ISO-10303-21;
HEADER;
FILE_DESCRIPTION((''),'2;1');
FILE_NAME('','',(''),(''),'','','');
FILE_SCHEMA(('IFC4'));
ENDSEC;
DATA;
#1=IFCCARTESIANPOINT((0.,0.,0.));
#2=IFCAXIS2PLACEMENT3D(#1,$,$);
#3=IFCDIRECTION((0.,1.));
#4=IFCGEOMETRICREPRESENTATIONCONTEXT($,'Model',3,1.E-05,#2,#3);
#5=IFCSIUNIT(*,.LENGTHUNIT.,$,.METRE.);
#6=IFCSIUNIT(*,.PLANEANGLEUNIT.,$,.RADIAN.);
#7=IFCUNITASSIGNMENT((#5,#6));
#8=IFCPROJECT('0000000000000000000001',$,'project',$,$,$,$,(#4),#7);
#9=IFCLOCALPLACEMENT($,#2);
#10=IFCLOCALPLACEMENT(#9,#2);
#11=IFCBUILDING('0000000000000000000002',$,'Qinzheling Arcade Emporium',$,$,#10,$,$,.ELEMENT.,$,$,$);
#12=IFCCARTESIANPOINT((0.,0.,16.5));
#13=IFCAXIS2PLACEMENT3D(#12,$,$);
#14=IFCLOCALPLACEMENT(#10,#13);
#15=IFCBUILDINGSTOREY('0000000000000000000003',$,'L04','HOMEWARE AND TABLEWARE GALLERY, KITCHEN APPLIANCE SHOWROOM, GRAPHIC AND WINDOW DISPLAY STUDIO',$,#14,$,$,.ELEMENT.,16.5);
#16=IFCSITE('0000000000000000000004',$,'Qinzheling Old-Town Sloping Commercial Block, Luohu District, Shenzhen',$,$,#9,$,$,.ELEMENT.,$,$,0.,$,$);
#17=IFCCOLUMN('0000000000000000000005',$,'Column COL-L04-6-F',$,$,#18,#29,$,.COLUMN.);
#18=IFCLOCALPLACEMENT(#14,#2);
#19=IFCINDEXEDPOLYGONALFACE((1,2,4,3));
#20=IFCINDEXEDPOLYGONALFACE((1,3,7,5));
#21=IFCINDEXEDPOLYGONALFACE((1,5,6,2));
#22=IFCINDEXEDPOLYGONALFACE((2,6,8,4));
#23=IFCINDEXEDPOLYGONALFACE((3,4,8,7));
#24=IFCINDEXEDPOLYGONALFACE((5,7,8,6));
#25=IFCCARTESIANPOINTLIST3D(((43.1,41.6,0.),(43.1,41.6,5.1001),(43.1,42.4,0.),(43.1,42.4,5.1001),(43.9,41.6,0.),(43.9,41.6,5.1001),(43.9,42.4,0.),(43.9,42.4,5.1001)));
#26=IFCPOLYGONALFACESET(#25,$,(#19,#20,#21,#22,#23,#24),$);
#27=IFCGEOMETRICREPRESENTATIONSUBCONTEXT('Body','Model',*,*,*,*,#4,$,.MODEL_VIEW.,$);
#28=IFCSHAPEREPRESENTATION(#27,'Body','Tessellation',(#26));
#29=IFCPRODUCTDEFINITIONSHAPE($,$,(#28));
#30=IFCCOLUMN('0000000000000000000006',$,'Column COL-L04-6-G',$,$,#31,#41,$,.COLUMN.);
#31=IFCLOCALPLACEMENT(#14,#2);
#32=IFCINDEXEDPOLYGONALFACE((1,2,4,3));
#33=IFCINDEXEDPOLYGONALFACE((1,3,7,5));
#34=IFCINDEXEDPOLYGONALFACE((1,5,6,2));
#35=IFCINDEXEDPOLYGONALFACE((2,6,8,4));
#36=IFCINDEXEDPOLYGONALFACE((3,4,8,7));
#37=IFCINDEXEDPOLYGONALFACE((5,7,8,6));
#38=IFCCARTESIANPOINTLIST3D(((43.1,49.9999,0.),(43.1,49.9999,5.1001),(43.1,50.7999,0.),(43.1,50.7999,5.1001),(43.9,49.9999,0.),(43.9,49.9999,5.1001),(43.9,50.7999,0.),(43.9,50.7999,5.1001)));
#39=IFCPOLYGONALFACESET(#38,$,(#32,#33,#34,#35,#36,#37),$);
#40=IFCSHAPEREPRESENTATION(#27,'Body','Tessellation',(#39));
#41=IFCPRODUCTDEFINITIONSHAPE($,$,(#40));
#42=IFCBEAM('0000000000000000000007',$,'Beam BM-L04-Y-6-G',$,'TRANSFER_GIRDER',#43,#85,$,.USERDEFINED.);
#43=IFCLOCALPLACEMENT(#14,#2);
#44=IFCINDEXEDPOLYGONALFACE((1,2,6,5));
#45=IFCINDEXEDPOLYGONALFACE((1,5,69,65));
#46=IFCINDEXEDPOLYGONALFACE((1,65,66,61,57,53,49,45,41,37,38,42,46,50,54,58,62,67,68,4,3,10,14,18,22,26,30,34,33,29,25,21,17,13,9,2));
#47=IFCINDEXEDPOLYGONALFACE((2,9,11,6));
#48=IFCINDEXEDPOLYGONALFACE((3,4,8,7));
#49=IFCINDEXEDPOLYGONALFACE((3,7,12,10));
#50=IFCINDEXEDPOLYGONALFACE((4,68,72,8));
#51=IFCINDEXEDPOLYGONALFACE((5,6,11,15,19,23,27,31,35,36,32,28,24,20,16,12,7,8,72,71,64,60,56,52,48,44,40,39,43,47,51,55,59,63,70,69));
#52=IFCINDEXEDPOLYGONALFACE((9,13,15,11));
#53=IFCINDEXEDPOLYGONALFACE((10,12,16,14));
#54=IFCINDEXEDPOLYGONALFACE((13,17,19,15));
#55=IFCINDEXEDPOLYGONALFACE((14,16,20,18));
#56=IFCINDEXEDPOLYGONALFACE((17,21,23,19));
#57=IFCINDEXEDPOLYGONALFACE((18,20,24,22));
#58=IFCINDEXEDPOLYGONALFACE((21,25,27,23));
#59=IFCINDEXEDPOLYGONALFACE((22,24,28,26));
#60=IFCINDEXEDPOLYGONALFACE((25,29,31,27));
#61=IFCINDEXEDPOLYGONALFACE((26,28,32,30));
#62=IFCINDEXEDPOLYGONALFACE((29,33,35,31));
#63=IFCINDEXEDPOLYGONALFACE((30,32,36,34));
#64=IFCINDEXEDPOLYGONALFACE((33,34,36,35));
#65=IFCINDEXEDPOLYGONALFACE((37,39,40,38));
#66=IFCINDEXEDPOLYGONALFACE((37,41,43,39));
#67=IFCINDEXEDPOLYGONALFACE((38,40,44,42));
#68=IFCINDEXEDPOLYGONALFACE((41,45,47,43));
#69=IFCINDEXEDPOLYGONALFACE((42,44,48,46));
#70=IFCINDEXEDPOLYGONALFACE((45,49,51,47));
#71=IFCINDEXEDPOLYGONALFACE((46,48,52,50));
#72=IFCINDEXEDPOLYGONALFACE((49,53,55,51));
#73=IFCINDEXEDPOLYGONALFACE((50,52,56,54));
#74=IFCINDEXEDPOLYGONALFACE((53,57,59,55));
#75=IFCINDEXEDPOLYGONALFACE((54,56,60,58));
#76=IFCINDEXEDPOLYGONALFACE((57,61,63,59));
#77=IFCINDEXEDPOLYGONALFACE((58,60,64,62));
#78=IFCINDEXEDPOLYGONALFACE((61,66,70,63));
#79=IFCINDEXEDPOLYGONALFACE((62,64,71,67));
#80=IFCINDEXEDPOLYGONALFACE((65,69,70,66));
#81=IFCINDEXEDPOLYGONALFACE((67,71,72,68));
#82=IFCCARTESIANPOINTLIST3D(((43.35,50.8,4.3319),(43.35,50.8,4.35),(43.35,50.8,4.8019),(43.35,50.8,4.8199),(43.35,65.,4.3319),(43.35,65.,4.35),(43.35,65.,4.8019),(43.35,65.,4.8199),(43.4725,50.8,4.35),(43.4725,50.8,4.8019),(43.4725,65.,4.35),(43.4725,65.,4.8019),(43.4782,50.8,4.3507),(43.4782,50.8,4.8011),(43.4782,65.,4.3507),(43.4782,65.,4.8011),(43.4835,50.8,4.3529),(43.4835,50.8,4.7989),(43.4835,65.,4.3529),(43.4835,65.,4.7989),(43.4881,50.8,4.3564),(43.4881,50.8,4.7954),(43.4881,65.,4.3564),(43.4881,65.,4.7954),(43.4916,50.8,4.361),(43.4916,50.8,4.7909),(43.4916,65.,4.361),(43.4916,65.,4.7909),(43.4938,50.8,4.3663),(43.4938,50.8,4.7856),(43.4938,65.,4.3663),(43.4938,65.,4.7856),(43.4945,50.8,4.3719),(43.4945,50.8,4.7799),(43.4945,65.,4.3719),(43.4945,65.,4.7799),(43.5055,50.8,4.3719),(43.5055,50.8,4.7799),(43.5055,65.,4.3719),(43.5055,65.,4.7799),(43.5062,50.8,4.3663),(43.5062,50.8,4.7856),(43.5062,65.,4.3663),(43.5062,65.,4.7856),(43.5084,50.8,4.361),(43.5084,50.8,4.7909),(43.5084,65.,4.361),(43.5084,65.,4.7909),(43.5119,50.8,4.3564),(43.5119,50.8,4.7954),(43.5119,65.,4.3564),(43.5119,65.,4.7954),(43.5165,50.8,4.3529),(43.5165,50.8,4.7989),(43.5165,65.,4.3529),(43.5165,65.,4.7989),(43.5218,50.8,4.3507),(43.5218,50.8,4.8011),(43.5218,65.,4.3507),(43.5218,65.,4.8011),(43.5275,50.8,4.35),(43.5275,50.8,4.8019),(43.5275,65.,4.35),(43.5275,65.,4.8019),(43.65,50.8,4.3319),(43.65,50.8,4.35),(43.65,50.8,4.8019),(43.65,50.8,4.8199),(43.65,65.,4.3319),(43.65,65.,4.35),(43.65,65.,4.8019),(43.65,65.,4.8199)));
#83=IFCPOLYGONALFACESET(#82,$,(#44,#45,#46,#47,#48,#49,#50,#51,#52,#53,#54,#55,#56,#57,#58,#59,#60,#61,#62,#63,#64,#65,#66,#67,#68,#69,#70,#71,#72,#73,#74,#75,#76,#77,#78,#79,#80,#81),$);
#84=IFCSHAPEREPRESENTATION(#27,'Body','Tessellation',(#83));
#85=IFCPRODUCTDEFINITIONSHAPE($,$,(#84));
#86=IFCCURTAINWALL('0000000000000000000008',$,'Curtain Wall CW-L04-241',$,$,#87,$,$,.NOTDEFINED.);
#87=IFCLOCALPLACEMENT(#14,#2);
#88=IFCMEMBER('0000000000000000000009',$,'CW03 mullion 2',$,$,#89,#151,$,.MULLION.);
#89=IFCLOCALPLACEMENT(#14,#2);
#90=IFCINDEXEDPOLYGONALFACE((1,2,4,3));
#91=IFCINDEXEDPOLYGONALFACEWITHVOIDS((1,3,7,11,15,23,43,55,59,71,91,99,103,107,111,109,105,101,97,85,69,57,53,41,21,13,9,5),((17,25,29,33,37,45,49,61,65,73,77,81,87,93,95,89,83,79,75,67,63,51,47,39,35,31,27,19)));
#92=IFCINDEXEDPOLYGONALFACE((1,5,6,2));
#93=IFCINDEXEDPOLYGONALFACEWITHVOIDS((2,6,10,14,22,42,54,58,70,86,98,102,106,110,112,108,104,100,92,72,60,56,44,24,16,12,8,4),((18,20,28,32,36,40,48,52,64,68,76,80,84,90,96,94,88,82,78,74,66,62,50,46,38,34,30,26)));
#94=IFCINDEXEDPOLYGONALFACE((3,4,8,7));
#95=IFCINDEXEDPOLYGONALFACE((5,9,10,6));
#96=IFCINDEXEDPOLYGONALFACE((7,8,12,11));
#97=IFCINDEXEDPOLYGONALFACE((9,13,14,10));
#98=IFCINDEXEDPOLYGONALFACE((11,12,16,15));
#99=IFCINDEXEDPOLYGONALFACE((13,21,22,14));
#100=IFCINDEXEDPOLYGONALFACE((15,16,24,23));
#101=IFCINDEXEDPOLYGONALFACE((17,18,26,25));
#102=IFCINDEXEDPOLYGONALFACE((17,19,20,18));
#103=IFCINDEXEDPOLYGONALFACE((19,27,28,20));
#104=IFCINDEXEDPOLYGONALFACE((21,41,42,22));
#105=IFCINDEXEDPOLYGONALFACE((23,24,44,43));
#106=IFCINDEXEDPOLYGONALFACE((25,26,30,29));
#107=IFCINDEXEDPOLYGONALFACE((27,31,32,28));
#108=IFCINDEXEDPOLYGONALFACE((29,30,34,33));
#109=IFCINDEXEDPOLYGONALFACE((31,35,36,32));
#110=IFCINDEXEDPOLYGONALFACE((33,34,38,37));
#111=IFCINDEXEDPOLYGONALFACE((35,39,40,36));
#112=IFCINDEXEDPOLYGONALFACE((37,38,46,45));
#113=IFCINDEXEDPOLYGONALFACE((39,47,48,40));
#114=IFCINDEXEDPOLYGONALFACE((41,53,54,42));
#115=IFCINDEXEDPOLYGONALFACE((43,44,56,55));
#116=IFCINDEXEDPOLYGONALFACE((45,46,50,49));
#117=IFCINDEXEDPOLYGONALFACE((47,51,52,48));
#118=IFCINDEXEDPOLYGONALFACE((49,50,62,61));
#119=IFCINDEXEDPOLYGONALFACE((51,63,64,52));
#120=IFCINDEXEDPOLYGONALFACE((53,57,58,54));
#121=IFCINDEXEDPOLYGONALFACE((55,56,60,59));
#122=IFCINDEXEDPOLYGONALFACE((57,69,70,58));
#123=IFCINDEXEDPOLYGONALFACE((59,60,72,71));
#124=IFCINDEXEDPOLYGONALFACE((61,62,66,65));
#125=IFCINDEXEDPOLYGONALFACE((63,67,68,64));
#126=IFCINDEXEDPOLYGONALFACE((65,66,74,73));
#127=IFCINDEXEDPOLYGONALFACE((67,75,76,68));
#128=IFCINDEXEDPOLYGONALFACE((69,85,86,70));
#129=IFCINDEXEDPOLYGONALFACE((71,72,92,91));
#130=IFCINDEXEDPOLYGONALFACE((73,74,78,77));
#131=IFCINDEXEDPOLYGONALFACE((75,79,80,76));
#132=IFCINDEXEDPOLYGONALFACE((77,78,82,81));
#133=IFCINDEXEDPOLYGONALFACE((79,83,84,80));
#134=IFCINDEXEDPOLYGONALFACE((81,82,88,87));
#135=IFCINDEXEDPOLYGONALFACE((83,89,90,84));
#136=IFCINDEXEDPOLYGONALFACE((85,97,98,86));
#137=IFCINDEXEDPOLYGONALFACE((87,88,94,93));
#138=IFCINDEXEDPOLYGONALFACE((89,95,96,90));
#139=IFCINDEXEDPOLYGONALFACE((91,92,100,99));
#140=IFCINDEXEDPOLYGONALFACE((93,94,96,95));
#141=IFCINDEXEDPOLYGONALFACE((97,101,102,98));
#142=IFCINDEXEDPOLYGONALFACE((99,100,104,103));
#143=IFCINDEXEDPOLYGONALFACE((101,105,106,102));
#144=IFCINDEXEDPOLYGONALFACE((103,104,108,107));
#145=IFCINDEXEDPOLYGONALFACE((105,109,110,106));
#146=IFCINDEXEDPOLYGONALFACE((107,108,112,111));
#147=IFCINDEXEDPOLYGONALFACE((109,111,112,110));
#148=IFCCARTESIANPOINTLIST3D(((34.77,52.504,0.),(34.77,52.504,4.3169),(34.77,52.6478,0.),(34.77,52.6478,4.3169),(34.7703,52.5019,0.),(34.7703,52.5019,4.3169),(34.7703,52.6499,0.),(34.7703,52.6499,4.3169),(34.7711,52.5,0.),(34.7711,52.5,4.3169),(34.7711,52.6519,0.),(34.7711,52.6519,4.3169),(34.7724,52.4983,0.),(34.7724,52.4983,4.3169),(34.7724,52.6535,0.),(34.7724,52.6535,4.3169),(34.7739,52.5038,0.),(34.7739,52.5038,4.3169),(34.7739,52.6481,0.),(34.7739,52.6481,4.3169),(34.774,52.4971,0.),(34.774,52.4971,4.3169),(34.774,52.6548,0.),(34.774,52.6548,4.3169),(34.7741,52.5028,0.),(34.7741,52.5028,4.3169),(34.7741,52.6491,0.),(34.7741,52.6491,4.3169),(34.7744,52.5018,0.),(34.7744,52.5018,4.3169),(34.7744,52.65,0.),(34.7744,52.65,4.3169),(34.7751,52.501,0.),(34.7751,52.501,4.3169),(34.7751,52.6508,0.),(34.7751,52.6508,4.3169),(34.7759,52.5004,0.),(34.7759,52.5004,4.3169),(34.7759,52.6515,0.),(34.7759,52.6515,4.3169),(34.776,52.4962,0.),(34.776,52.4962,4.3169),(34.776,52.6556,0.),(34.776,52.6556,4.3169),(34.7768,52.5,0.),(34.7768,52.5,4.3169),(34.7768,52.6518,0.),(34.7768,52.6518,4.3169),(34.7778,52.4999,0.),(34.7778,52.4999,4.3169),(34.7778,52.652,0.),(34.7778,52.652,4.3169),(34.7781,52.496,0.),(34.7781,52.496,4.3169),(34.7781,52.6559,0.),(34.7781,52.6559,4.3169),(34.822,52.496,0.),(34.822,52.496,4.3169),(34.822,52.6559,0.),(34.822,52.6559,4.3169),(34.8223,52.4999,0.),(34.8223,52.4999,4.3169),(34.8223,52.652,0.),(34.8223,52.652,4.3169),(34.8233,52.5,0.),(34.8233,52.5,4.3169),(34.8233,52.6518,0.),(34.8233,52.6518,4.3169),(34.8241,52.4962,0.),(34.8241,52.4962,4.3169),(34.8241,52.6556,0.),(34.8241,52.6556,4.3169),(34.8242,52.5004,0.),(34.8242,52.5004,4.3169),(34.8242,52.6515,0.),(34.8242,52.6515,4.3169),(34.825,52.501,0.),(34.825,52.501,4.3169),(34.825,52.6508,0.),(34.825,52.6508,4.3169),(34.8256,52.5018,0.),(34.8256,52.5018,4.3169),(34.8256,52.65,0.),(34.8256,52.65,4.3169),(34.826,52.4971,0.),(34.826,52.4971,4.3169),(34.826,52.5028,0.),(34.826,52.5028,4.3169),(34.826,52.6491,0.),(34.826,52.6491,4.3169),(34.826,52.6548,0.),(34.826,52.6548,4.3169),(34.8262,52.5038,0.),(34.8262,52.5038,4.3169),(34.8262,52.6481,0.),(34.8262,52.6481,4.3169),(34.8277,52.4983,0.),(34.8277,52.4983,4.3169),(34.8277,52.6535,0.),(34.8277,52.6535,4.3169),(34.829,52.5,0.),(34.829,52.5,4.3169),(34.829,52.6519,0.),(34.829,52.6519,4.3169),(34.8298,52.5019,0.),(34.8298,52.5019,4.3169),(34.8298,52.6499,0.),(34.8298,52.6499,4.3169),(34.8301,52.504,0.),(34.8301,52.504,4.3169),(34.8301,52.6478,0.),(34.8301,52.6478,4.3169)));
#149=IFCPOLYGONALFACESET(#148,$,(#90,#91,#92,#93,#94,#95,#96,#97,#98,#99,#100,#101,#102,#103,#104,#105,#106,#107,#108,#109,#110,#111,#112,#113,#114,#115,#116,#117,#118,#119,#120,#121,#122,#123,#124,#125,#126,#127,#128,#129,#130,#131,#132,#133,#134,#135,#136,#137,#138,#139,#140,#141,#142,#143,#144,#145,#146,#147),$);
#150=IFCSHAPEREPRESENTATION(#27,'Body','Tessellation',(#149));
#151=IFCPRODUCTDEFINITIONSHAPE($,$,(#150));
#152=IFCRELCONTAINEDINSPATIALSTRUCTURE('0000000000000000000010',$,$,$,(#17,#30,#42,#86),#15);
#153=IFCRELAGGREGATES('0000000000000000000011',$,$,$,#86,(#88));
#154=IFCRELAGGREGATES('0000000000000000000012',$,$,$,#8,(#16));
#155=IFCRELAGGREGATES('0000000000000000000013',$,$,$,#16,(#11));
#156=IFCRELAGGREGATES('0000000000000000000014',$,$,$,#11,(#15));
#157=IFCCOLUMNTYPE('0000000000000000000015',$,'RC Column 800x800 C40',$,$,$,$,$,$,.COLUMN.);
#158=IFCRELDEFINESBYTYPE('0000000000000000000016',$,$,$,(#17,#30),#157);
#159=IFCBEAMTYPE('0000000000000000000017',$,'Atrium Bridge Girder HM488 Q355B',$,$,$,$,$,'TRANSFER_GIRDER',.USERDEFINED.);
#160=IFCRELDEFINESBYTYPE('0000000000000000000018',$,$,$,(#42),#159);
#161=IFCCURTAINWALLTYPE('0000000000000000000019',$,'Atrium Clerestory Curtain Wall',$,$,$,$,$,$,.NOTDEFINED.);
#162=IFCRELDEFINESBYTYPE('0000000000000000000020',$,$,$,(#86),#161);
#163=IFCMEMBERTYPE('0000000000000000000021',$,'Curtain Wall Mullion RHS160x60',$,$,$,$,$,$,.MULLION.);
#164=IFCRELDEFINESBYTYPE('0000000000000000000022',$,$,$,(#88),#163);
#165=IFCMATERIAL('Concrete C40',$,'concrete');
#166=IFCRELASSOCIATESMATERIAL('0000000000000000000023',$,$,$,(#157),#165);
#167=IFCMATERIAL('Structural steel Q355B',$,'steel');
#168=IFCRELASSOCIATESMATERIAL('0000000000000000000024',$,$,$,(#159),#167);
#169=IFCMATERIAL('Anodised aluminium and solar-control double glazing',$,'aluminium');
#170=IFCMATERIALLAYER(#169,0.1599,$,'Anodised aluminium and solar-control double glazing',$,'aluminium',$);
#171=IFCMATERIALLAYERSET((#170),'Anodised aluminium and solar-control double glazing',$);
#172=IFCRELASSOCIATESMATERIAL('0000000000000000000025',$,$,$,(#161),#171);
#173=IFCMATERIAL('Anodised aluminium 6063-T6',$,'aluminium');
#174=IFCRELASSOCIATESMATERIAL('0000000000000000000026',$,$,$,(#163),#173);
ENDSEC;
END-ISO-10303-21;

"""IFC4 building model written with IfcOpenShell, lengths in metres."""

from ifc_helpers import new_model, si_unit, direction, frame, origin, origin_2d, place, context, subcontext, project, spatial, rectangle, hollow_rectangle, i_section, extrude, material, layer, layer_set, material_profile, profile_set, type_object, element, aggregate, save


model = new_model("IFC4")

# Units and contexts
model_context = context("Model", 3, precision=1e-05, world=origin(), true_north=direction((0.0, 1.0)))
body_context = subcontext(model_context, "Body", "Model", "MODEL_VIEW")
ifc_project = project(units=[si_unit("LENGTHUNIT", "METRE"), si_unit("PLANEANGLEUNIT", "RADIAN")], contexts=[model_context])

# Site, building, storey
site_placement = place(None, origin())
site = spatial("IfcSite", under=ifc_project, at=site_placement, Name="Qinzheling Old-Town Sloping Commercial Block, Luohu District, Shenzhen", CompositionType="ELEMENT", RefElevation=0.0)
building_placement = place(site_placement, origin())
building = spatial("IfcBuilding", under=site, at=building_placement, Name="Qinzheling Arcade Emporium", CompositionType="ELEMENT")
storey_placement = place(building_placement, frame((0.0, 0.0, 16.5)))
storey = spatial("IfcBuildingStorey", under=building, at=storey_placement, Name="L04", Description="HOMEWARE AND TABLEWARE GALLERY, KITCHEN APPLIANCE SHOWROOM, GRAPHIC AND WINDOW DISPLAY STUDIO", CompositionType="ELEMENT", Elevation=16.5)

# Columns
ifc_material_1 = material(Name="Concrete C40", Category="concrete")
ifc_material_profile_1 = material_profile(ifc_material_1, rectangle(XDim=0.8, YDim=0.8, at=origin_2d()), Name="RC 800x800", Category="concrete")
ifc_profile_set_1 = profile_set([ifc_material_profile_1], Name="Concrete C40")
column_type = type_object("IfcColumnType", Name="RC Column 800x800 C40", PredefinedType="COLUMN", material=ifc_profile_set_1)
for number, where, z_axis, x_axis, name in (
    (1, (43.5, 42.0, 0.0), (0.0, 0.0, 1.0), (1.0, 0.0, 0.0), "Column COL-L04-6-F"),
    (2, (43.5, 50.3999, 0.0), (0.0, 0.0, 1.0), (1.0, 0.0, 0.0), "Column COL-L04-6-G"),
):
    element("IfcColumn", number, at=place(storey_placement, frame(where, z_axis=z_axis, x_axis=x_axis)), inside=storey, type_object=column_type, Name=name, PredefinedType="COLUMN", context=body_context, shape_type="SweptSolid", body=[
        extrude(rectangle(XDim=0.8, YDim=0.8, at=origin_2d()), origin(), (0.0, 0.0, 1.0), 5.1001),
    ])

# Beam
ifc_material_2 = material(Name="Structural steel Q355B", Category="steel")
ifc_material_profile_2 = material_profile(ifc_material_2, i_section(OverallWidth=0.3, OverallDepth=0.488, WebThickness=0.011, FlangeThickness=0.0181, FilletRadius=0.022, at=origin_2d()), Name="HM 488x300x11x18", Category="steel")
ifc_profile_set_2 = profile_set([ifc_material_profile_2], Name="Structural steel Q355B")
beam_type_1 = type_object("IfcBeamType", Name="Atrium Bridge Girder HM488 Q355B", ElementType="TRANSFER_GIRDER", PredefinedType="USERDEFINED", material=ifc_profile_set_2)
beam_1_placement = place(storey_placement, frame((43.5, 50.8, 4.5759), z_axis=(0.0, 1.0, 0.0), x_axis=(-1.0, 0.0, 0.0)))
element("IfcBeam", 3, at=beam_1_placement, inside=storey, type_object=beam_type_1, Name="Beam BM-L04-Y-6-G", ObjectType="TRANSFER_GIRDER", PredefinedType="USERDEFINED", context=body_context, shape_type="SweptSolid", body=[
    extrude(i_section(OverallWidth=0.3, OverallDepth=0.488, WebThickness=0.011, FlangeThickness=0.0181, FilletRadius=0.022, at=origin_2d()), origin(), (0.0, 0.0, 1.0), 14.2),
])

# Curtain wall, member
ifc_material_3 = material(Name="Anodised aluminium and solar-control double glazing", Category="aluminium")
ifc_layer_1 = layer(ifc_material_3, 0.1599, Name="Anodised aluminium and solar-control double glazing", Category="aluminium")
ifc_layer_set_1 = layer_set([ifc_layer_1], Name="Anodised aluminium and solar-control double glazing")
curtain_wall_type = type_object("IfcCurtainWallType", Name="Atrium Clerestory Curtain Wall", PredefinedType="NOTDEFINED", material=ifc_layer_set_1)
curtain_wall_placement = place(storey_placement, origin())
curtain_wall = element("IfcCurtainWall", 4, at=curtain_wall_placement, inside=storey, type_object=curtain_wall_type, Name="Curtain Wall CW-L04-241", PredefinedType="NOTDEFINED")
ifc_material_4 = material(Name="Anodised aluminium 6063-T6", Category="aluminium")
ifc_material_profile_3 = material_profile(ifc_material_4, hollow_rectangle(XDim=0.0601, YDim=0.1599, WallThickness=0.0039, InnerFilletRadius=0.0039, OuterFilletRadius=0.0081, at=origin_2d()), Name="RHS 160x60x4", Category="aluminium")
ifc_profile_set_3 = profile_set([ifc_material_profile_3], Name="Anodised aluminium 6063-T6")
member_type_1 = type_object("IfcMemberType", Name="Curtain Wall Mullion RHS160x60", PredefinedType="MULLION", material=ifc_profile_set_3)
member_1_placement = place(storey_placement, frame((34.8, 52.5759, 0.0), z_axis=(0.0, 0.0, 1.0), x_axis=(-1.0, 0.0, 0.0)))
member_1 = element("IfcMember", 5, at=member_1_placement, type_object=member_type_1, Name="CW03 mullion 2", PredefinedType="MULLION", context=body_context, shape_type="SweptSolid", body=[
    extrude(hollow_rectangle(XDim=0.0601, YDim=0.1599, WallThickness=0.0039, InnerFilletRadius=0.0039, OuterFilletRadius=0.0081, at=origin_2d()), origin(), (0.0, 0.0, 1.0), 4.3169),
])

aggregate(curtain_wall, [member_1])

save(model, "model.ifc")
